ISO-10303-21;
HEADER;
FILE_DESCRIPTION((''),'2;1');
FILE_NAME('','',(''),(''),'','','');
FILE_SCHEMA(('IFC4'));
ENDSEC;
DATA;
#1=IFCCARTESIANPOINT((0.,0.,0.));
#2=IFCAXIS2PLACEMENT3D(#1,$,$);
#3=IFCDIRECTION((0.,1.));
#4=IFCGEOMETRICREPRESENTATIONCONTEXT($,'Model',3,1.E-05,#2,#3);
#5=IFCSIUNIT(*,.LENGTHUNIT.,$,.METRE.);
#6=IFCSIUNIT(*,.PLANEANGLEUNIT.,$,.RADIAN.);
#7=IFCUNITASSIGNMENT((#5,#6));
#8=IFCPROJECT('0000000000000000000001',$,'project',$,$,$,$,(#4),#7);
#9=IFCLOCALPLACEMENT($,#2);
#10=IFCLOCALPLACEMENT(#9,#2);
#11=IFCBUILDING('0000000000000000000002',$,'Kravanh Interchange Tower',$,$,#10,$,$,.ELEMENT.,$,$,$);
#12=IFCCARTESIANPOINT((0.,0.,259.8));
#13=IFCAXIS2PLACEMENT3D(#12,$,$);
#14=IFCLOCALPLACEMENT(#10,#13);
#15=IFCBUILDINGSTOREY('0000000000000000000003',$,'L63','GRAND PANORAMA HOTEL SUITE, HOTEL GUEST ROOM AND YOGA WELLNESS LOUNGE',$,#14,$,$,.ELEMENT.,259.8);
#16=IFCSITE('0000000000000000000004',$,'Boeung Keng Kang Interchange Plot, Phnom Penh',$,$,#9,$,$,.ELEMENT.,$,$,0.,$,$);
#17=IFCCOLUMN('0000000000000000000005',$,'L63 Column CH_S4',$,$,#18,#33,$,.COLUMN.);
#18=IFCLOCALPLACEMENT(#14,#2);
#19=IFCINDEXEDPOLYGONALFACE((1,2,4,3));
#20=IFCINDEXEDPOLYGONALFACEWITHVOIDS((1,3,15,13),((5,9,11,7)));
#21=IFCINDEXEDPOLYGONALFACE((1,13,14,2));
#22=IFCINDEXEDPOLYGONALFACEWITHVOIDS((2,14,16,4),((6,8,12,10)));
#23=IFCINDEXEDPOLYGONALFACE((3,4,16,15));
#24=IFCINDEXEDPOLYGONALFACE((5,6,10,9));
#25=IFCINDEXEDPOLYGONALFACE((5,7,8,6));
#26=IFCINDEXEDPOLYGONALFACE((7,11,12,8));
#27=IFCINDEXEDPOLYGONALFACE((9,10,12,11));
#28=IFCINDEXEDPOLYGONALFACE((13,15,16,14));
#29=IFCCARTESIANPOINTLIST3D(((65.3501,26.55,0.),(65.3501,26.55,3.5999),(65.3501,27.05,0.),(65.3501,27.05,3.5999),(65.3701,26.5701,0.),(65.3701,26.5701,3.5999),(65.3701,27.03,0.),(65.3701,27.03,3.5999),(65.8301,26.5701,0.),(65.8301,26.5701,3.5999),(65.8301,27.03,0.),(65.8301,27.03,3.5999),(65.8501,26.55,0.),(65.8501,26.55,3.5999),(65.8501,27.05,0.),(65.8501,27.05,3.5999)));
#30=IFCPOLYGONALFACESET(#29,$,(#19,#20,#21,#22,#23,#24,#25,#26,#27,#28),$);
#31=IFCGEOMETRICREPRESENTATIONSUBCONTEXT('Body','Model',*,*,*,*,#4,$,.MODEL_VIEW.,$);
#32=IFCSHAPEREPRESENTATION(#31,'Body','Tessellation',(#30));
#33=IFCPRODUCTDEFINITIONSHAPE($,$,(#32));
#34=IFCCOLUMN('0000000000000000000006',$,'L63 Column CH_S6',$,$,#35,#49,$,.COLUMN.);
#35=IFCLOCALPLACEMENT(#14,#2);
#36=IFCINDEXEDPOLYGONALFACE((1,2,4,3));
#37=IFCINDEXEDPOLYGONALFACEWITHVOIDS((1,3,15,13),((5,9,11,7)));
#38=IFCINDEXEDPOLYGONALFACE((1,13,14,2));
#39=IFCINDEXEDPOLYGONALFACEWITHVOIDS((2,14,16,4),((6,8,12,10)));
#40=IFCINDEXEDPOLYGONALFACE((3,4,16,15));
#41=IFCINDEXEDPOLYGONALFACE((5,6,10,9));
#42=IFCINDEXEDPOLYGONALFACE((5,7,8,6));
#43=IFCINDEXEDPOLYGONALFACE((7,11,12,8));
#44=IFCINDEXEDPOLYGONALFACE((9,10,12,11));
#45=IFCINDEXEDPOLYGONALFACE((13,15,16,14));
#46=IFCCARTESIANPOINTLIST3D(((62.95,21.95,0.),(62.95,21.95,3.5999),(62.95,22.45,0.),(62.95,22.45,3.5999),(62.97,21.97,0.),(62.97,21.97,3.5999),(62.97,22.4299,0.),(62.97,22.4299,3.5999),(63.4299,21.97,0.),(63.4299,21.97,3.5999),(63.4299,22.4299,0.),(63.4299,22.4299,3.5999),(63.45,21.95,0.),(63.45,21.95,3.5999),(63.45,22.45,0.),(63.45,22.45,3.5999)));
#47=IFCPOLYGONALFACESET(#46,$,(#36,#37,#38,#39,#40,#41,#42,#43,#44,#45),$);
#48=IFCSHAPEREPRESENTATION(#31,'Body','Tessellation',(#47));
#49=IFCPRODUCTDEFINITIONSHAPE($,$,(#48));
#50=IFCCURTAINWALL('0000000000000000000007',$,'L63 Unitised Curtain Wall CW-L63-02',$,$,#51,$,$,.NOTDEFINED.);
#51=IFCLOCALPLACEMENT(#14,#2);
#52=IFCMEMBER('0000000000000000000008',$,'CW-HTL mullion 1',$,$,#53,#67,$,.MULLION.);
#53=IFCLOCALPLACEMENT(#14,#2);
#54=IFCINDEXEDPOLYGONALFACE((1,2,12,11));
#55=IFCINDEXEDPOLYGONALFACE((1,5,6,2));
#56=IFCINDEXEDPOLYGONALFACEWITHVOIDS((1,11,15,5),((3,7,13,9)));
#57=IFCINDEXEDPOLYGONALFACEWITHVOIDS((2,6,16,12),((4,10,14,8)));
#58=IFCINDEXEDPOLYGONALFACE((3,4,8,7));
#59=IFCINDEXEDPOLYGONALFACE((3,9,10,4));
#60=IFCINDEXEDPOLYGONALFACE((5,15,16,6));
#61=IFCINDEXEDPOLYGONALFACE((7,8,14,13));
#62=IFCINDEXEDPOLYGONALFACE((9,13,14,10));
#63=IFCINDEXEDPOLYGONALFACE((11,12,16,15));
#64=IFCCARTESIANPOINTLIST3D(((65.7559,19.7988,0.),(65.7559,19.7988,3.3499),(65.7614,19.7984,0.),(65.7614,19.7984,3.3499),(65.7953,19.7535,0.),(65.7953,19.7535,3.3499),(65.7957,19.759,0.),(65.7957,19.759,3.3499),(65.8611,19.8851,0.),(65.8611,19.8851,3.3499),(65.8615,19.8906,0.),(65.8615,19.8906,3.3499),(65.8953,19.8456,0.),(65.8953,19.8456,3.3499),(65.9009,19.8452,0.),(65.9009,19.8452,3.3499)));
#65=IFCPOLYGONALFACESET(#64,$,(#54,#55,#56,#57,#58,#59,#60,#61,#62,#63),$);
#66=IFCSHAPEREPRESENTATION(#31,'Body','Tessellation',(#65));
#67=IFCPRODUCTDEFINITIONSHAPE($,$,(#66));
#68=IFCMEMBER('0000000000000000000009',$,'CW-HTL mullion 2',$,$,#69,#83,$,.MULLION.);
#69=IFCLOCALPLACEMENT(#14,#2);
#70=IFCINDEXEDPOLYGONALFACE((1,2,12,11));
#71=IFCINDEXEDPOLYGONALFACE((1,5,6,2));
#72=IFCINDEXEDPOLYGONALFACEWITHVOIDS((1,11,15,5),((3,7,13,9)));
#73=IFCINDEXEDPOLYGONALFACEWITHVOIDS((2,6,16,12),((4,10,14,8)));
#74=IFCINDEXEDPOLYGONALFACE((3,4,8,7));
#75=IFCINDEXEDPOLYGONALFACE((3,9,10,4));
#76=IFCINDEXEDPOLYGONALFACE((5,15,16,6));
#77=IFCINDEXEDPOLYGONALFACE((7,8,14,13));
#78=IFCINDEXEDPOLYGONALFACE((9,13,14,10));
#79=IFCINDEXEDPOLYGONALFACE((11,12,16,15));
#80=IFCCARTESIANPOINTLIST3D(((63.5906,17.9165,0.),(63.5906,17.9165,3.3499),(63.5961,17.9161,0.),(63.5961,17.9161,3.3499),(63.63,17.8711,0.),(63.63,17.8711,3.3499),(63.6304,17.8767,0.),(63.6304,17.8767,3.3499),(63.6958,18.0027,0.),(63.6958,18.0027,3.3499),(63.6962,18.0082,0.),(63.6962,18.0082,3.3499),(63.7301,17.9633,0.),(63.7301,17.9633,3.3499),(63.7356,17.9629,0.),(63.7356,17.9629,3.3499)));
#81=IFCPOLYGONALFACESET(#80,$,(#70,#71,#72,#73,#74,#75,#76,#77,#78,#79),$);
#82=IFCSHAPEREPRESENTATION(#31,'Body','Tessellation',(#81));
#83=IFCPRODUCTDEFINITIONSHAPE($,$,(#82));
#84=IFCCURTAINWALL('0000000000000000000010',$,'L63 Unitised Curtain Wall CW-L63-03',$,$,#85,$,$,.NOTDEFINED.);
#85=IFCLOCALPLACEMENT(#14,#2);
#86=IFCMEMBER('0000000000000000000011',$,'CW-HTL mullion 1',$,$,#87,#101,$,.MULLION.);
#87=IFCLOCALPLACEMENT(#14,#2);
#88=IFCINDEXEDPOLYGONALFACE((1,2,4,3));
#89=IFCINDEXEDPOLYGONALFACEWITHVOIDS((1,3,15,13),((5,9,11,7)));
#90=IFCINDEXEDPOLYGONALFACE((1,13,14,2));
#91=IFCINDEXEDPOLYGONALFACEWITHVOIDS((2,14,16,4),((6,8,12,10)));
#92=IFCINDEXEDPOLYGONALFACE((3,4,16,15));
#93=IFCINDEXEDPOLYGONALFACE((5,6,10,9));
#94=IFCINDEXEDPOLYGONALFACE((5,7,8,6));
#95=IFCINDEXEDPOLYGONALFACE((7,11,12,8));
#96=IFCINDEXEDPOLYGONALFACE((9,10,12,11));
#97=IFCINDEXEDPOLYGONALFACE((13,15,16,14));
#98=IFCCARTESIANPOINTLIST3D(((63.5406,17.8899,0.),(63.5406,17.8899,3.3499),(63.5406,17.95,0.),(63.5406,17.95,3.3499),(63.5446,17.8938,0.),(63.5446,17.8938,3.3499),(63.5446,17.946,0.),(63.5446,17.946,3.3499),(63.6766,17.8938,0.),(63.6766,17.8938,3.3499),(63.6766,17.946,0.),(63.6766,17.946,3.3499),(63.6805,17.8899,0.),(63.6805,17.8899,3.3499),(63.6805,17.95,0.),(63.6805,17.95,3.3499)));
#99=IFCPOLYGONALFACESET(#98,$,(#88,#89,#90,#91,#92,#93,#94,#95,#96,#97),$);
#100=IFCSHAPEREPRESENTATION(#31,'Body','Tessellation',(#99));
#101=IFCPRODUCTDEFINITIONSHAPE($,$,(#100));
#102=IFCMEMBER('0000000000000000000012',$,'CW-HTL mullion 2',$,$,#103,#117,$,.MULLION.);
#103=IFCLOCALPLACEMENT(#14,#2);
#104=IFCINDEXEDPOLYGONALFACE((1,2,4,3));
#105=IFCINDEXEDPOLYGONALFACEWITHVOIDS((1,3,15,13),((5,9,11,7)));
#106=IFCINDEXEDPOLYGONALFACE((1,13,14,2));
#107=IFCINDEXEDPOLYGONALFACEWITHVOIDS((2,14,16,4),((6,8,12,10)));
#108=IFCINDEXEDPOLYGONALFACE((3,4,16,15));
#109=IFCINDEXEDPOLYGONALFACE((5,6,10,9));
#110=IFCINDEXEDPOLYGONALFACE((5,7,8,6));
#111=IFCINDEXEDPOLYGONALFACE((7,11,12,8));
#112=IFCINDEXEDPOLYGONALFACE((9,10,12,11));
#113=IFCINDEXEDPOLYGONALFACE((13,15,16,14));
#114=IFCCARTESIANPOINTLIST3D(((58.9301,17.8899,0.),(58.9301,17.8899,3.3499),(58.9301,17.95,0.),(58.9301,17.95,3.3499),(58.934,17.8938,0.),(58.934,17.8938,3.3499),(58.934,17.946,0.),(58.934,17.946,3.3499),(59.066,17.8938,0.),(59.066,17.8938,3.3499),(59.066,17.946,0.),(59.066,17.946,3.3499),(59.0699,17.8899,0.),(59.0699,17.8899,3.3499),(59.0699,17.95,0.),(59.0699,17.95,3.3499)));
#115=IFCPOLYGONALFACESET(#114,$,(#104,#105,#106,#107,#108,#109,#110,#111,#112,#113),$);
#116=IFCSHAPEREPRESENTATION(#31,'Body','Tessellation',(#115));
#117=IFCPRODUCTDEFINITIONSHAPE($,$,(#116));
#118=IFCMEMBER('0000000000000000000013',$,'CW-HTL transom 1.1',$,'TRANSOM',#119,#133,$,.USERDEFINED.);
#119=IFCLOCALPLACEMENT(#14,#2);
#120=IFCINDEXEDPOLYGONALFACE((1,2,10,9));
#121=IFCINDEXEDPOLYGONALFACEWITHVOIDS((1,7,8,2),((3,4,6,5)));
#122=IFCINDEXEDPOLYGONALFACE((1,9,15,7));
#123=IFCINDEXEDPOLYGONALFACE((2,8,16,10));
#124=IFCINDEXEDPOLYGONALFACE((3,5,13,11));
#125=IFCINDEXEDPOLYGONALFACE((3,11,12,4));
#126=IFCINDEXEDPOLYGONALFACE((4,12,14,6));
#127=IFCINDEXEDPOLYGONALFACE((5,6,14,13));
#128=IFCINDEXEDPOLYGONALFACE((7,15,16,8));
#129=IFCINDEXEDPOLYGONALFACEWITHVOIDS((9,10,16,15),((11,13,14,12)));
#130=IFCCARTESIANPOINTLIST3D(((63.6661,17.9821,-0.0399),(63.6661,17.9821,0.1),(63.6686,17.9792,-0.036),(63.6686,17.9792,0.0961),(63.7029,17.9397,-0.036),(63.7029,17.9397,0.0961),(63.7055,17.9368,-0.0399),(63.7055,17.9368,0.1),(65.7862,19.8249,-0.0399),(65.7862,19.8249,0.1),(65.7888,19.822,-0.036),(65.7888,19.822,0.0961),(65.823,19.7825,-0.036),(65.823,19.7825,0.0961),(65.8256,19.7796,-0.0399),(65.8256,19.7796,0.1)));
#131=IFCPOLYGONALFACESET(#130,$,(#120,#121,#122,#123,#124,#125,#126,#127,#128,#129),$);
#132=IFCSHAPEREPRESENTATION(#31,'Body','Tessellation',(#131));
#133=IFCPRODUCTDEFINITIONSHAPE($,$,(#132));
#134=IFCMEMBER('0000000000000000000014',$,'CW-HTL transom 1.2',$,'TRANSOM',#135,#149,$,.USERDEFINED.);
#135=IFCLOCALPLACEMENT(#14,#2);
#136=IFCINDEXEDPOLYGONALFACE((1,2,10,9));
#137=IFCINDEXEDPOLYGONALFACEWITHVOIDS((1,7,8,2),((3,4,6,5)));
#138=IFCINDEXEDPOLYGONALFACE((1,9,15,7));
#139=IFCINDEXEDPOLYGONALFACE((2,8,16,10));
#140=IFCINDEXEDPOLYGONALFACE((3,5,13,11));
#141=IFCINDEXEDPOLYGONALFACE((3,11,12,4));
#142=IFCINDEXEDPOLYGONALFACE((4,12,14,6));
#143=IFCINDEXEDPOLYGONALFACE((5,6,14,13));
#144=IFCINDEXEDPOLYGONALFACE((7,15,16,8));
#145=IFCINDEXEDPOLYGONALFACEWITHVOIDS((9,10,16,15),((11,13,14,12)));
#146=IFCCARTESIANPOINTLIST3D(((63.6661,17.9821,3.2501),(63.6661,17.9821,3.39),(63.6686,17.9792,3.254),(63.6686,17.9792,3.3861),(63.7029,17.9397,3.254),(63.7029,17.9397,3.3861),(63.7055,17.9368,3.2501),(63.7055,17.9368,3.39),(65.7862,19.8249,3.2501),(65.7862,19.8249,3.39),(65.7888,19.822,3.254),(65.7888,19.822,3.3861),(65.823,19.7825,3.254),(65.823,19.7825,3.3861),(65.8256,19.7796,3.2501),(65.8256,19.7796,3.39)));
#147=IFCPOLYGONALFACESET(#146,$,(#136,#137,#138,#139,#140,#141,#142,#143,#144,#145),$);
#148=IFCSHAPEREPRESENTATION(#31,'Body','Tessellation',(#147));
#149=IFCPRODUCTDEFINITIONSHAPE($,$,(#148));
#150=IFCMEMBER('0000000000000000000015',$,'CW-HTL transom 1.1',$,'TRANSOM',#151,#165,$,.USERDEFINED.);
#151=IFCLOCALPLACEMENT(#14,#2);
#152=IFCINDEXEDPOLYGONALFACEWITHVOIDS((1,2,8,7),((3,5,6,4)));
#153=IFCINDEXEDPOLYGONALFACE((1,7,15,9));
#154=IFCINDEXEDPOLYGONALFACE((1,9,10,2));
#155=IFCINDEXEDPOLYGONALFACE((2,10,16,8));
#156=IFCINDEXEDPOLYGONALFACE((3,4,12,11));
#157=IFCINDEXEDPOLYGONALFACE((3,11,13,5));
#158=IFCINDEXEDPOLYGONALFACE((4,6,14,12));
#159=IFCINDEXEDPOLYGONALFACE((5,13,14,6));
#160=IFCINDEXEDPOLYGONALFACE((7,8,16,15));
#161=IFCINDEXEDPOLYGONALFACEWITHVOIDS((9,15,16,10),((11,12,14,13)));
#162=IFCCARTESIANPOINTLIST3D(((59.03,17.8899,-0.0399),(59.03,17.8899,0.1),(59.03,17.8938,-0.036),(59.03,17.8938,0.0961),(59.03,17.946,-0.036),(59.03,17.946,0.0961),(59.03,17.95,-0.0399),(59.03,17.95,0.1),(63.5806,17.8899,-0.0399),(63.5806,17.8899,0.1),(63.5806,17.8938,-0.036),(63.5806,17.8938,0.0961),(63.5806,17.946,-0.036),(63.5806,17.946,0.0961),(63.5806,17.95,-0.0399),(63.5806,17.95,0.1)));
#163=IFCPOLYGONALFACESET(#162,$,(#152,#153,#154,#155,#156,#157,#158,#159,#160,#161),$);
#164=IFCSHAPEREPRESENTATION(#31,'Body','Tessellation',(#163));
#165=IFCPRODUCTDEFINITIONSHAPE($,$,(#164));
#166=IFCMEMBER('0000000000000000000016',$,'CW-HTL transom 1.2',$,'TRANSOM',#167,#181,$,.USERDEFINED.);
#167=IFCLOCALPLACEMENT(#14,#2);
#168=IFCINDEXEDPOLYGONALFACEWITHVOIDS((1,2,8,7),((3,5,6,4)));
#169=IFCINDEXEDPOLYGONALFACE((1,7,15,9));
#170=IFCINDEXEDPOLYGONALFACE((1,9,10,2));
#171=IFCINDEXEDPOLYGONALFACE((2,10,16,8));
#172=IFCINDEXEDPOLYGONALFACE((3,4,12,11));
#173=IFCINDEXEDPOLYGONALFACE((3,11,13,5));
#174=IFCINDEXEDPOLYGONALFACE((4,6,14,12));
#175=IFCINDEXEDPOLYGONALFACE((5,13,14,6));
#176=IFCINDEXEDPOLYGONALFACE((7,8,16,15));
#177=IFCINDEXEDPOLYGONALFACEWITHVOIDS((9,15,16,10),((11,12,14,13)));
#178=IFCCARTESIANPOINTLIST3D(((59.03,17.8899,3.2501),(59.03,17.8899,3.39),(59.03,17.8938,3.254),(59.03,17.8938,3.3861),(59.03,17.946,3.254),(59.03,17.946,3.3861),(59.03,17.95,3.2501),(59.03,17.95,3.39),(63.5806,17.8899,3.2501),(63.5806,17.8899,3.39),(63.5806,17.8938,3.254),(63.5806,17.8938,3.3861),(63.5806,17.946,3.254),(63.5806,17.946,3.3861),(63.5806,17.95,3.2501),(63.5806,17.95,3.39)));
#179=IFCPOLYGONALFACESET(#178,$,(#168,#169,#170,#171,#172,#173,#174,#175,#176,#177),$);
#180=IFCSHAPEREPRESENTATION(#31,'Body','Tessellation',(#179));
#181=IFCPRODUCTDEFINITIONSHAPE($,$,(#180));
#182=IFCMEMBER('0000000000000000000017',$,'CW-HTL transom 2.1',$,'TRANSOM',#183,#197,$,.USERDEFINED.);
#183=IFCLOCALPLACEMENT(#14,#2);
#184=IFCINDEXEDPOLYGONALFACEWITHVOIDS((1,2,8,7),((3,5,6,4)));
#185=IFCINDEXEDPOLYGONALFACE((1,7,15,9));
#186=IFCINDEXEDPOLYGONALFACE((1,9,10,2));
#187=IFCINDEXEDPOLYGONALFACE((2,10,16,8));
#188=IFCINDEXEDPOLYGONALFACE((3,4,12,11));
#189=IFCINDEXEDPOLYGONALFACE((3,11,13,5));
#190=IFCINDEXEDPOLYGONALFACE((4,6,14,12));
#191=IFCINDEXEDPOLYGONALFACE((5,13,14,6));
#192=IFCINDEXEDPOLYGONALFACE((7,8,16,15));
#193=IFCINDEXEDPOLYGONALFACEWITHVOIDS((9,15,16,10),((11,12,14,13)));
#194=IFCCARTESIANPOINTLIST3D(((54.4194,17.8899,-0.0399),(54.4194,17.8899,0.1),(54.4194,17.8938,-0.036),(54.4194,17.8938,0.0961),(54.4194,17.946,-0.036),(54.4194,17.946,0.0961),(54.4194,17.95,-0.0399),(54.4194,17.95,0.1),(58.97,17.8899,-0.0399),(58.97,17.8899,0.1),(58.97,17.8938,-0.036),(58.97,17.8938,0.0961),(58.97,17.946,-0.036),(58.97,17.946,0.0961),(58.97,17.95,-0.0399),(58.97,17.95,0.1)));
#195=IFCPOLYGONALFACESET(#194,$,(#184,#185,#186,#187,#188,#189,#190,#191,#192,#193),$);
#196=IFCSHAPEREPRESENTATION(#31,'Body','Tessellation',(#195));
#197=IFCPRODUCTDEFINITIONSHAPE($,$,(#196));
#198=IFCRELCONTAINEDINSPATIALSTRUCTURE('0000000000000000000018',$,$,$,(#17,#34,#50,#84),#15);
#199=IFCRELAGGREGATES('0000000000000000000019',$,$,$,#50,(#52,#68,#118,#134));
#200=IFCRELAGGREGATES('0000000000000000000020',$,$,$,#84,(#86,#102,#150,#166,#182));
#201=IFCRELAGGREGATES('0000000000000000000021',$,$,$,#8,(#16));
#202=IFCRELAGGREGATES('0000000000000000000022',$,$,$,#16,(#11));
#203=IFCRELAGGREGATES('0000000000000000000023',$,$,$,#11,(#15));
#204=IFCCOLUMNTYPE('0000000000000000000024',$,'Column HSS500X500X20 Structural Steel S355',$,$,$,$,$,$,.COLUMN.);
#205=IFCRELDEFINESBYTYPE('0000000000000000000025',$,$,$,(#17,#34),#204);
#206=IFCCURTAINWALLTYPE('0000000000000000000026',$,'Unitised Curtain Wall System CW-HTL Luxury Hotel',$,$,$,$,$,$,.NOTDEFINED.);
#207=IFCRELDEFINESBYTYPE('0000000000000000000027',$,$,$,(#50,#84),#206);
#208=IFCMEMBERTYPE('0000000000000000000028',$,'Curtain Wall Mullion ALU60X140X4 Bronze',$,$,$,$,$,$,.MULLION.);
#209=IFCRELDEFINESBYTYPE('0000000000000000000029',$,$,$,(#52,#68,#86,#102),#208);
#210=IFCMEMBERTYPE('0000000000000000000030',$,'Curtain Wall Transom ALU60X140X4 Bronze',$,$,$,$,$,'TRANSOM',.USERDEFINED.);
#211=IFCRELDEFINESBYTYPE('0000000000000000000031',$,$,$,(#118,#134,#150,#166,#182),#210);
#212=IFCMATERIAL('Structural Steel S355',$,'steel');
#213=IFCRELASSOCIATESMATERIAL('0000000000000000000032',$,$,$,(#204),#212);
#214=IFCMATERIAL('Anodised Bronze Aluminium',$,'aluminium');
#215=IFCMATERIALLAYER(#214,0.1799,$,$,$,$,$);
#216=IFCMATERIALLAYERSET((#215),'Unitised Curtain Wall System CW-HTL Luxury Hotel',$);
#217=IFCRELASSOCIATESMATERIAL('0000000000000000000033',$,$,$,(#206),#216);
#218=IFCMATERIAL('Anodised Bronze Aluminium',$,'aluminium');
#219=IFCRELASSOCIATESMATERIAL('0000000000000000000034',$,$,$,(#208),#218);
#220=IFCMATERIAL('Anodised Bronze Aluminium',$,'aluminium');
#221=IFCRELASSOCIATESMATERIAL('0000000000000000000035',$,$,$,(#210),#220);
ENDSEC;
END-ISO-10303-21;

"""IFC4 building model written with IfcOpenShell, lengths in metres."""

from ifc_helpers import new_model, si_unit, direction, frame, origin, origin_2d, place, context, subcontext, project, spatial, hollow_rectangle, extrude, material, layer, layer_set, material_profile, profile_set, type_object, element, aggregate, save


model = new_model("IFC4")

# Units and contexts
model_context = context("Model", 3, precision=1e-05, world=origin(), true_north=direction((0.0, 1.0)))
body_context = subcontext(model_context, "Body", "Model", "MODEL_VIEW")
ifc_project = project(units=[si_unit("LENGTHUNIT", "METRE"), si_unit("PLANEANGLEUNIT", "RADIAN")], contexts=[model_context])

# Site, building, storey
site_placement = place(None, origin())
site = spatial("IfcSite", under=ifc_project, at=site_placement, Name="Boeung Keng Kang Interchange Plot, Phnom Penh", CompositionType="ELEMENT", RefElevation=0.0)
building_placement = place(site_placement, origin())
building = spatial("IfcBuilding", under=site, at=building_placement, Name="Kravanh Interchange Tower", CompositionType="ELEMENT")
storey_placement = place(building_placement, frame((0.0, 0.0, 259.8)))
storey = spatial("IfcBuildingStorey", under=building, at=storey_placement, Name="L63", Description="GRAND PANORAMA HOTEL SUITE, HOTEL GUEST ROOM AND YOGA WELLNESS LOUNGE", CompositionType="ELEMENT", Elevation=259.8)

# Columns
ifc_material_1 = material(Name="Structural Steel S355", Category="steel")
ifc_material_profile_1 = material_profile(ifc_material_1, hollow_rectangle(XDim=0.5, YDim=0.5, WallThickness=0.02, at=origin_2d()), Name="HSS500X500X20")
ifc_profile_set_1 = profile_set([ifc_material_profile_1], Name="Structural Steel S355")
column_type = type_object("IfcColumnType", Name="Column HSS500X500X20 Structural Steel S355", PredefinedType="COLUMN", material=ifc_profile_set_1)
for number, where, z_axis, x_axis, name in (
    (1, (65.6001, 26.8, 0.0), (0.0, 0.0, 1.0), (1.0, 0.0, 0.0), "L63 Column CH_S4"),
    (2, (63.2, 22.2, 0.0), (0.0, 0.0, 1.0), (1.0, 0.0, 0.0), "L63 Column CH_S6"),
):
    element("IfcColumn", number, at=place(storey_placement, frame(where, z_axis=z_axis, x_axis=x_axis)), inside=storey, type_object=column_type, Name=name, PredefinedType="COLUMN", context=body_context, shape_type="SweptSolid", body=[
        extrude(hollow_rectangle(XDim=0.5, YDim=0.5, WallThickness=0.02, at=origin_2d()), origin(), (0.0, 0.0, 1.0), 3.5999),
    ])

# Curtain walls, members
ifc_material_2 = material(Name="Anodised Bronze Aluminium", Category="aluminium")
ifc_layer_1 = layer(ifc_material_2, 0.1799)
ifc_layer_set_1 = layer_set([ifc_layer_1], Name="Unitised Curtain Wall System CW-HTL Luxury Hotel")
curtain_wall_type = type_object("IfcCurtainWallType", Name="Unitised Curtain Wall System CW-HTL Luxury Hotel", PredefinedType="NOTDEFINED", material=ifc_layer_set_1)
curtain_wall_1_placement = place(storey_placement, origin())
curtain_wall_1 = element("IfcCurtainWall", 3, at=curtain_wall_1_placement, inside=storey, type_object=curtain_wall_type, Name="L63 Unitised Curtain Wall CW-L63-02", PredefinedType="NOTDEFINED")
ifc_material_3 = material(Name="Anodised Bronze Aluminium", Category="aluminium")
ifc_material_profile_2 = material_profile(ifc_material_3, hollow_rectangle(XDim=0.0601, YDim=0.1399, WallThickness=0.0039, at=origin_2d()), Name="ALU60X140X4")
ifc_profile_set_2 = profile_set([ifc_material_profile_2], Name="Anodised Bronze Aluminium")
member_type_1 = type_object("IfcMemberType", Name="Curtain Wall Mullion ALU60X140X4 Bronze", PredefinedType="MULLION", material=ifc_profile_set_2)
member_1_placement = place(storey_placement, frame((65.8284, 19.822, 0.0), z_axis=(0.0, 0.0, 1.0), x_axis=(0.65605, -0.754717, 0.0)))
member_1 = element("IfcMember", 4, at=member_1_placement, type_object=member_type_1, Name="CW-HTL mullion 1", PredefinedType="MULLION", context=body_context, shape_type="SweptSolid", body=[
    extrude(hollow_rectangle(XDim=0.0601, YDim=0.1399, WallThickness=0.0039, at=origin_2d()), origin(), (0.0, 0.0, 1.0), 3.3499),
])
member_2_placement = place(storey_placement, frame((63.6631, 17.9397, 0.0), z_axis=(0.0, 0.0, 1.0), x_axis=(0.65605, -0.754717, 0.0)))
member_2 = element("IfcMember", 5, at=member_2_placement, type_object=member_type_1, Name="CW-HTL mullion 2", PredefinedType="MULLION", context=body_context, shape_type="SweptSolid", body=[
    extrude(hollow_rectangle(XDim=0.0601, YDim=0.1399, WallThickness=0.0039, at=origin_2d()), origin(), (0.0, 0.0, 1.0), 3.3499),
])
curtain_wall_2_placement = place(storey_placement, origin())
curtain_wall_2 = element("IfcCurtainWall", 6, at=curtain_wall_2_placement, inside=storey, type_object=curtain_wall_type, Name="L63 Unitised Curtain Wall CW-L63-03", PredefinedType="NOTDEFINED")
member_3_placement = place(storey_placement, frame((63.6106, 17.9199, 0.0), z_axis=(0.0, 0.0, 1.0), x_axis=(0.0, -1.0, 0.0)))
member_3 = element("IfcMember", 7, at=member_3_placement, type_object=member_type_1, Name="CW-HTL mullion 1", PredefinedType="MULLION", context=body_context, shape_type="SweptSolid", body=[
    extrude(hollow_rectangle(XDim=0.0601, YDim=0.1399, WallThickness=0.0039, at=origin_2d()), origin(), (0.0, 0.0, 1.0), 3.3499),
])
member_4_placement = place(storey_placement, frame((59.0, 17.9199, 0.0), z_axis=(0.0, 0.0, 1.0), x_axis=(0.0, -1.0, 0.0)))
member_4 = element("IfcMember", 8, at=member_4_placement, type_object=member_type_1, Name="CW-HTL mullion 2", PredefinedType="MULLION", context=body_context, shape_type="SweptSolid", body=[
    extrude(hollow_rectangle(XDim=0.0601, YDim=0.1399, WallThickness=0.0039, at=origin_2d()), origin(), (0.0, 0.0, 1.0), 3.3499),
])

# Members
ifc_material_4 = material(Name="Anodised Bronze Aluminium", Category="aluminium")
ifc_material_profile_3 = material_profile(ifc_material_4, hollow_rectangle(XDim=0.0601, YDim=0.1399, WallThickness=0.0039, at=origin_2d()), Name="ALU60X140X4")
ifc_profile_set_3 = profile_set([ifc_material_profile_3], Name="Anodised Bronze Aluminium")
member_type_2 = type_object("IfcMemberType", Name="Curtain Wall Transom ALU60X140X4 Bronze", ElementType="TRANSOM", PredefinedType="USERDEFINED", material=ifc_profile_set_3)
member_5_placement = place(storey_placement, frame((65.8059, 19.8022, 0.03), z_axis=(-0.754748, -0.656015, 0.0), x_axis=(0.656015, -0.754748, 0.0)))
member_5 = element("IfcMember", 9, at=member_5_placement, type_object=member_type_2, Name="CW-HTL transom 1.1", ObjectType="TRANSOM", PredefinedType="USERDEFINED", context=body_context, shape_type="SweptSolid", body=[
    extrude(hollow_rectangle(XDim=0.0601, YDim=0.1399, WallThickness=0.0039, at=origin_2d()), origin(), (0.0, 0.0, 1.0), 2.8091),
])
member_6_placement = place(storey_placement, frame((65.8059, 19.8022, 3.3201), z_axis=(-0.754748, -0.656015, 0.0), x_axis=(0.656015, -0.754748, 0.0)))
member_6 = element("IfcMember", 10, at=member_6_placement, type_object=member_type_2, Name="CW-HTL transom 1.2", ObjectType="TRANSOM", PredefinedType="USERDEFINED", context=body_context, shape_type="SweptSolid", body=[
    extrude(hollow_rectangle(XDim=0.0601, YDim=0.1399, WallThickness=0.0039, at=origin_2d()), origin(), (0.0, 0.0, 1.0), 2.8091),
])
member_7_placement = place(storey_placement, frame((63.5806, 17.9199, 0.03), z_axis=(-1.0, 0.0, 0.0), x_axis=(0.0, -1.0, 0.0)))
member_7 = element("IfcMember", 11, at=member_7_placement, type_object=member_type_2, Name="CW-HTL transom 1.1", ObjectType="TRANSOM", PredefinedType="USERDEFINED", context=body_context, shape_type="SweptSolid", body=[
    extrude(hollow_rectangle(XDim=0.0601, YDim=0.1399, WallThickness=0.0039, at=origin_2d()), origin(), (0.0, 0.0, 1.0), 4.5505),
])
member_8_placement = place(storey_placement, frame((63.5806, 17.9199, 3.3201), z_axis=(-1.0, 0.0, 0.0), x_axis=(0.0, -1.0, 0.0)))
member_8 = element("IfcMember", 12, at=member_8_placement, type_object=member_type_2, Name="CW-HTL transom 1.2", ObjectType="TRANSOM", PredefinedType="USERDEFINED", context=body_context, shape_type="SweptSolid", body=[
    extrude(hollow_rectangle(XDim=0.0601, YDim=0.1399, WallThickness=0.0039, at=origin_2d()), origin(), (0.0, 0.0, 1.0), 4.5505),
])
member_9_placement = place(storey_placement, frame((58.97, 17.9199, 0.03), z_axis=(-1.0, 0.0, 0.0), x_axis=(0.0, -1.0, 0.0)))
member_9 = element("IfcMember", 13, at=member_9_placement, type_object=member_type_2, Name="CW-HTL transom 2.1", ObjectType="TRANSOM", PredefinedType="USERDEFINED", context=body_context, shape_type="SweptSolid", body=[
    extrude(hollow_rectangle(XDim=0.0601, YDim=0.1399, WallThickness=0.0039, at=origin_2d()), origin(), (0.0, 0.0, 1.0), 4.5505),
])

aggregate(curtain_wall_1, [member_1, member_2, member_5, member_6])
aggregate(curtain_wall_2, [member_3, member_4, member_7, member_8, member_9])

save(model, "model.ifc")
